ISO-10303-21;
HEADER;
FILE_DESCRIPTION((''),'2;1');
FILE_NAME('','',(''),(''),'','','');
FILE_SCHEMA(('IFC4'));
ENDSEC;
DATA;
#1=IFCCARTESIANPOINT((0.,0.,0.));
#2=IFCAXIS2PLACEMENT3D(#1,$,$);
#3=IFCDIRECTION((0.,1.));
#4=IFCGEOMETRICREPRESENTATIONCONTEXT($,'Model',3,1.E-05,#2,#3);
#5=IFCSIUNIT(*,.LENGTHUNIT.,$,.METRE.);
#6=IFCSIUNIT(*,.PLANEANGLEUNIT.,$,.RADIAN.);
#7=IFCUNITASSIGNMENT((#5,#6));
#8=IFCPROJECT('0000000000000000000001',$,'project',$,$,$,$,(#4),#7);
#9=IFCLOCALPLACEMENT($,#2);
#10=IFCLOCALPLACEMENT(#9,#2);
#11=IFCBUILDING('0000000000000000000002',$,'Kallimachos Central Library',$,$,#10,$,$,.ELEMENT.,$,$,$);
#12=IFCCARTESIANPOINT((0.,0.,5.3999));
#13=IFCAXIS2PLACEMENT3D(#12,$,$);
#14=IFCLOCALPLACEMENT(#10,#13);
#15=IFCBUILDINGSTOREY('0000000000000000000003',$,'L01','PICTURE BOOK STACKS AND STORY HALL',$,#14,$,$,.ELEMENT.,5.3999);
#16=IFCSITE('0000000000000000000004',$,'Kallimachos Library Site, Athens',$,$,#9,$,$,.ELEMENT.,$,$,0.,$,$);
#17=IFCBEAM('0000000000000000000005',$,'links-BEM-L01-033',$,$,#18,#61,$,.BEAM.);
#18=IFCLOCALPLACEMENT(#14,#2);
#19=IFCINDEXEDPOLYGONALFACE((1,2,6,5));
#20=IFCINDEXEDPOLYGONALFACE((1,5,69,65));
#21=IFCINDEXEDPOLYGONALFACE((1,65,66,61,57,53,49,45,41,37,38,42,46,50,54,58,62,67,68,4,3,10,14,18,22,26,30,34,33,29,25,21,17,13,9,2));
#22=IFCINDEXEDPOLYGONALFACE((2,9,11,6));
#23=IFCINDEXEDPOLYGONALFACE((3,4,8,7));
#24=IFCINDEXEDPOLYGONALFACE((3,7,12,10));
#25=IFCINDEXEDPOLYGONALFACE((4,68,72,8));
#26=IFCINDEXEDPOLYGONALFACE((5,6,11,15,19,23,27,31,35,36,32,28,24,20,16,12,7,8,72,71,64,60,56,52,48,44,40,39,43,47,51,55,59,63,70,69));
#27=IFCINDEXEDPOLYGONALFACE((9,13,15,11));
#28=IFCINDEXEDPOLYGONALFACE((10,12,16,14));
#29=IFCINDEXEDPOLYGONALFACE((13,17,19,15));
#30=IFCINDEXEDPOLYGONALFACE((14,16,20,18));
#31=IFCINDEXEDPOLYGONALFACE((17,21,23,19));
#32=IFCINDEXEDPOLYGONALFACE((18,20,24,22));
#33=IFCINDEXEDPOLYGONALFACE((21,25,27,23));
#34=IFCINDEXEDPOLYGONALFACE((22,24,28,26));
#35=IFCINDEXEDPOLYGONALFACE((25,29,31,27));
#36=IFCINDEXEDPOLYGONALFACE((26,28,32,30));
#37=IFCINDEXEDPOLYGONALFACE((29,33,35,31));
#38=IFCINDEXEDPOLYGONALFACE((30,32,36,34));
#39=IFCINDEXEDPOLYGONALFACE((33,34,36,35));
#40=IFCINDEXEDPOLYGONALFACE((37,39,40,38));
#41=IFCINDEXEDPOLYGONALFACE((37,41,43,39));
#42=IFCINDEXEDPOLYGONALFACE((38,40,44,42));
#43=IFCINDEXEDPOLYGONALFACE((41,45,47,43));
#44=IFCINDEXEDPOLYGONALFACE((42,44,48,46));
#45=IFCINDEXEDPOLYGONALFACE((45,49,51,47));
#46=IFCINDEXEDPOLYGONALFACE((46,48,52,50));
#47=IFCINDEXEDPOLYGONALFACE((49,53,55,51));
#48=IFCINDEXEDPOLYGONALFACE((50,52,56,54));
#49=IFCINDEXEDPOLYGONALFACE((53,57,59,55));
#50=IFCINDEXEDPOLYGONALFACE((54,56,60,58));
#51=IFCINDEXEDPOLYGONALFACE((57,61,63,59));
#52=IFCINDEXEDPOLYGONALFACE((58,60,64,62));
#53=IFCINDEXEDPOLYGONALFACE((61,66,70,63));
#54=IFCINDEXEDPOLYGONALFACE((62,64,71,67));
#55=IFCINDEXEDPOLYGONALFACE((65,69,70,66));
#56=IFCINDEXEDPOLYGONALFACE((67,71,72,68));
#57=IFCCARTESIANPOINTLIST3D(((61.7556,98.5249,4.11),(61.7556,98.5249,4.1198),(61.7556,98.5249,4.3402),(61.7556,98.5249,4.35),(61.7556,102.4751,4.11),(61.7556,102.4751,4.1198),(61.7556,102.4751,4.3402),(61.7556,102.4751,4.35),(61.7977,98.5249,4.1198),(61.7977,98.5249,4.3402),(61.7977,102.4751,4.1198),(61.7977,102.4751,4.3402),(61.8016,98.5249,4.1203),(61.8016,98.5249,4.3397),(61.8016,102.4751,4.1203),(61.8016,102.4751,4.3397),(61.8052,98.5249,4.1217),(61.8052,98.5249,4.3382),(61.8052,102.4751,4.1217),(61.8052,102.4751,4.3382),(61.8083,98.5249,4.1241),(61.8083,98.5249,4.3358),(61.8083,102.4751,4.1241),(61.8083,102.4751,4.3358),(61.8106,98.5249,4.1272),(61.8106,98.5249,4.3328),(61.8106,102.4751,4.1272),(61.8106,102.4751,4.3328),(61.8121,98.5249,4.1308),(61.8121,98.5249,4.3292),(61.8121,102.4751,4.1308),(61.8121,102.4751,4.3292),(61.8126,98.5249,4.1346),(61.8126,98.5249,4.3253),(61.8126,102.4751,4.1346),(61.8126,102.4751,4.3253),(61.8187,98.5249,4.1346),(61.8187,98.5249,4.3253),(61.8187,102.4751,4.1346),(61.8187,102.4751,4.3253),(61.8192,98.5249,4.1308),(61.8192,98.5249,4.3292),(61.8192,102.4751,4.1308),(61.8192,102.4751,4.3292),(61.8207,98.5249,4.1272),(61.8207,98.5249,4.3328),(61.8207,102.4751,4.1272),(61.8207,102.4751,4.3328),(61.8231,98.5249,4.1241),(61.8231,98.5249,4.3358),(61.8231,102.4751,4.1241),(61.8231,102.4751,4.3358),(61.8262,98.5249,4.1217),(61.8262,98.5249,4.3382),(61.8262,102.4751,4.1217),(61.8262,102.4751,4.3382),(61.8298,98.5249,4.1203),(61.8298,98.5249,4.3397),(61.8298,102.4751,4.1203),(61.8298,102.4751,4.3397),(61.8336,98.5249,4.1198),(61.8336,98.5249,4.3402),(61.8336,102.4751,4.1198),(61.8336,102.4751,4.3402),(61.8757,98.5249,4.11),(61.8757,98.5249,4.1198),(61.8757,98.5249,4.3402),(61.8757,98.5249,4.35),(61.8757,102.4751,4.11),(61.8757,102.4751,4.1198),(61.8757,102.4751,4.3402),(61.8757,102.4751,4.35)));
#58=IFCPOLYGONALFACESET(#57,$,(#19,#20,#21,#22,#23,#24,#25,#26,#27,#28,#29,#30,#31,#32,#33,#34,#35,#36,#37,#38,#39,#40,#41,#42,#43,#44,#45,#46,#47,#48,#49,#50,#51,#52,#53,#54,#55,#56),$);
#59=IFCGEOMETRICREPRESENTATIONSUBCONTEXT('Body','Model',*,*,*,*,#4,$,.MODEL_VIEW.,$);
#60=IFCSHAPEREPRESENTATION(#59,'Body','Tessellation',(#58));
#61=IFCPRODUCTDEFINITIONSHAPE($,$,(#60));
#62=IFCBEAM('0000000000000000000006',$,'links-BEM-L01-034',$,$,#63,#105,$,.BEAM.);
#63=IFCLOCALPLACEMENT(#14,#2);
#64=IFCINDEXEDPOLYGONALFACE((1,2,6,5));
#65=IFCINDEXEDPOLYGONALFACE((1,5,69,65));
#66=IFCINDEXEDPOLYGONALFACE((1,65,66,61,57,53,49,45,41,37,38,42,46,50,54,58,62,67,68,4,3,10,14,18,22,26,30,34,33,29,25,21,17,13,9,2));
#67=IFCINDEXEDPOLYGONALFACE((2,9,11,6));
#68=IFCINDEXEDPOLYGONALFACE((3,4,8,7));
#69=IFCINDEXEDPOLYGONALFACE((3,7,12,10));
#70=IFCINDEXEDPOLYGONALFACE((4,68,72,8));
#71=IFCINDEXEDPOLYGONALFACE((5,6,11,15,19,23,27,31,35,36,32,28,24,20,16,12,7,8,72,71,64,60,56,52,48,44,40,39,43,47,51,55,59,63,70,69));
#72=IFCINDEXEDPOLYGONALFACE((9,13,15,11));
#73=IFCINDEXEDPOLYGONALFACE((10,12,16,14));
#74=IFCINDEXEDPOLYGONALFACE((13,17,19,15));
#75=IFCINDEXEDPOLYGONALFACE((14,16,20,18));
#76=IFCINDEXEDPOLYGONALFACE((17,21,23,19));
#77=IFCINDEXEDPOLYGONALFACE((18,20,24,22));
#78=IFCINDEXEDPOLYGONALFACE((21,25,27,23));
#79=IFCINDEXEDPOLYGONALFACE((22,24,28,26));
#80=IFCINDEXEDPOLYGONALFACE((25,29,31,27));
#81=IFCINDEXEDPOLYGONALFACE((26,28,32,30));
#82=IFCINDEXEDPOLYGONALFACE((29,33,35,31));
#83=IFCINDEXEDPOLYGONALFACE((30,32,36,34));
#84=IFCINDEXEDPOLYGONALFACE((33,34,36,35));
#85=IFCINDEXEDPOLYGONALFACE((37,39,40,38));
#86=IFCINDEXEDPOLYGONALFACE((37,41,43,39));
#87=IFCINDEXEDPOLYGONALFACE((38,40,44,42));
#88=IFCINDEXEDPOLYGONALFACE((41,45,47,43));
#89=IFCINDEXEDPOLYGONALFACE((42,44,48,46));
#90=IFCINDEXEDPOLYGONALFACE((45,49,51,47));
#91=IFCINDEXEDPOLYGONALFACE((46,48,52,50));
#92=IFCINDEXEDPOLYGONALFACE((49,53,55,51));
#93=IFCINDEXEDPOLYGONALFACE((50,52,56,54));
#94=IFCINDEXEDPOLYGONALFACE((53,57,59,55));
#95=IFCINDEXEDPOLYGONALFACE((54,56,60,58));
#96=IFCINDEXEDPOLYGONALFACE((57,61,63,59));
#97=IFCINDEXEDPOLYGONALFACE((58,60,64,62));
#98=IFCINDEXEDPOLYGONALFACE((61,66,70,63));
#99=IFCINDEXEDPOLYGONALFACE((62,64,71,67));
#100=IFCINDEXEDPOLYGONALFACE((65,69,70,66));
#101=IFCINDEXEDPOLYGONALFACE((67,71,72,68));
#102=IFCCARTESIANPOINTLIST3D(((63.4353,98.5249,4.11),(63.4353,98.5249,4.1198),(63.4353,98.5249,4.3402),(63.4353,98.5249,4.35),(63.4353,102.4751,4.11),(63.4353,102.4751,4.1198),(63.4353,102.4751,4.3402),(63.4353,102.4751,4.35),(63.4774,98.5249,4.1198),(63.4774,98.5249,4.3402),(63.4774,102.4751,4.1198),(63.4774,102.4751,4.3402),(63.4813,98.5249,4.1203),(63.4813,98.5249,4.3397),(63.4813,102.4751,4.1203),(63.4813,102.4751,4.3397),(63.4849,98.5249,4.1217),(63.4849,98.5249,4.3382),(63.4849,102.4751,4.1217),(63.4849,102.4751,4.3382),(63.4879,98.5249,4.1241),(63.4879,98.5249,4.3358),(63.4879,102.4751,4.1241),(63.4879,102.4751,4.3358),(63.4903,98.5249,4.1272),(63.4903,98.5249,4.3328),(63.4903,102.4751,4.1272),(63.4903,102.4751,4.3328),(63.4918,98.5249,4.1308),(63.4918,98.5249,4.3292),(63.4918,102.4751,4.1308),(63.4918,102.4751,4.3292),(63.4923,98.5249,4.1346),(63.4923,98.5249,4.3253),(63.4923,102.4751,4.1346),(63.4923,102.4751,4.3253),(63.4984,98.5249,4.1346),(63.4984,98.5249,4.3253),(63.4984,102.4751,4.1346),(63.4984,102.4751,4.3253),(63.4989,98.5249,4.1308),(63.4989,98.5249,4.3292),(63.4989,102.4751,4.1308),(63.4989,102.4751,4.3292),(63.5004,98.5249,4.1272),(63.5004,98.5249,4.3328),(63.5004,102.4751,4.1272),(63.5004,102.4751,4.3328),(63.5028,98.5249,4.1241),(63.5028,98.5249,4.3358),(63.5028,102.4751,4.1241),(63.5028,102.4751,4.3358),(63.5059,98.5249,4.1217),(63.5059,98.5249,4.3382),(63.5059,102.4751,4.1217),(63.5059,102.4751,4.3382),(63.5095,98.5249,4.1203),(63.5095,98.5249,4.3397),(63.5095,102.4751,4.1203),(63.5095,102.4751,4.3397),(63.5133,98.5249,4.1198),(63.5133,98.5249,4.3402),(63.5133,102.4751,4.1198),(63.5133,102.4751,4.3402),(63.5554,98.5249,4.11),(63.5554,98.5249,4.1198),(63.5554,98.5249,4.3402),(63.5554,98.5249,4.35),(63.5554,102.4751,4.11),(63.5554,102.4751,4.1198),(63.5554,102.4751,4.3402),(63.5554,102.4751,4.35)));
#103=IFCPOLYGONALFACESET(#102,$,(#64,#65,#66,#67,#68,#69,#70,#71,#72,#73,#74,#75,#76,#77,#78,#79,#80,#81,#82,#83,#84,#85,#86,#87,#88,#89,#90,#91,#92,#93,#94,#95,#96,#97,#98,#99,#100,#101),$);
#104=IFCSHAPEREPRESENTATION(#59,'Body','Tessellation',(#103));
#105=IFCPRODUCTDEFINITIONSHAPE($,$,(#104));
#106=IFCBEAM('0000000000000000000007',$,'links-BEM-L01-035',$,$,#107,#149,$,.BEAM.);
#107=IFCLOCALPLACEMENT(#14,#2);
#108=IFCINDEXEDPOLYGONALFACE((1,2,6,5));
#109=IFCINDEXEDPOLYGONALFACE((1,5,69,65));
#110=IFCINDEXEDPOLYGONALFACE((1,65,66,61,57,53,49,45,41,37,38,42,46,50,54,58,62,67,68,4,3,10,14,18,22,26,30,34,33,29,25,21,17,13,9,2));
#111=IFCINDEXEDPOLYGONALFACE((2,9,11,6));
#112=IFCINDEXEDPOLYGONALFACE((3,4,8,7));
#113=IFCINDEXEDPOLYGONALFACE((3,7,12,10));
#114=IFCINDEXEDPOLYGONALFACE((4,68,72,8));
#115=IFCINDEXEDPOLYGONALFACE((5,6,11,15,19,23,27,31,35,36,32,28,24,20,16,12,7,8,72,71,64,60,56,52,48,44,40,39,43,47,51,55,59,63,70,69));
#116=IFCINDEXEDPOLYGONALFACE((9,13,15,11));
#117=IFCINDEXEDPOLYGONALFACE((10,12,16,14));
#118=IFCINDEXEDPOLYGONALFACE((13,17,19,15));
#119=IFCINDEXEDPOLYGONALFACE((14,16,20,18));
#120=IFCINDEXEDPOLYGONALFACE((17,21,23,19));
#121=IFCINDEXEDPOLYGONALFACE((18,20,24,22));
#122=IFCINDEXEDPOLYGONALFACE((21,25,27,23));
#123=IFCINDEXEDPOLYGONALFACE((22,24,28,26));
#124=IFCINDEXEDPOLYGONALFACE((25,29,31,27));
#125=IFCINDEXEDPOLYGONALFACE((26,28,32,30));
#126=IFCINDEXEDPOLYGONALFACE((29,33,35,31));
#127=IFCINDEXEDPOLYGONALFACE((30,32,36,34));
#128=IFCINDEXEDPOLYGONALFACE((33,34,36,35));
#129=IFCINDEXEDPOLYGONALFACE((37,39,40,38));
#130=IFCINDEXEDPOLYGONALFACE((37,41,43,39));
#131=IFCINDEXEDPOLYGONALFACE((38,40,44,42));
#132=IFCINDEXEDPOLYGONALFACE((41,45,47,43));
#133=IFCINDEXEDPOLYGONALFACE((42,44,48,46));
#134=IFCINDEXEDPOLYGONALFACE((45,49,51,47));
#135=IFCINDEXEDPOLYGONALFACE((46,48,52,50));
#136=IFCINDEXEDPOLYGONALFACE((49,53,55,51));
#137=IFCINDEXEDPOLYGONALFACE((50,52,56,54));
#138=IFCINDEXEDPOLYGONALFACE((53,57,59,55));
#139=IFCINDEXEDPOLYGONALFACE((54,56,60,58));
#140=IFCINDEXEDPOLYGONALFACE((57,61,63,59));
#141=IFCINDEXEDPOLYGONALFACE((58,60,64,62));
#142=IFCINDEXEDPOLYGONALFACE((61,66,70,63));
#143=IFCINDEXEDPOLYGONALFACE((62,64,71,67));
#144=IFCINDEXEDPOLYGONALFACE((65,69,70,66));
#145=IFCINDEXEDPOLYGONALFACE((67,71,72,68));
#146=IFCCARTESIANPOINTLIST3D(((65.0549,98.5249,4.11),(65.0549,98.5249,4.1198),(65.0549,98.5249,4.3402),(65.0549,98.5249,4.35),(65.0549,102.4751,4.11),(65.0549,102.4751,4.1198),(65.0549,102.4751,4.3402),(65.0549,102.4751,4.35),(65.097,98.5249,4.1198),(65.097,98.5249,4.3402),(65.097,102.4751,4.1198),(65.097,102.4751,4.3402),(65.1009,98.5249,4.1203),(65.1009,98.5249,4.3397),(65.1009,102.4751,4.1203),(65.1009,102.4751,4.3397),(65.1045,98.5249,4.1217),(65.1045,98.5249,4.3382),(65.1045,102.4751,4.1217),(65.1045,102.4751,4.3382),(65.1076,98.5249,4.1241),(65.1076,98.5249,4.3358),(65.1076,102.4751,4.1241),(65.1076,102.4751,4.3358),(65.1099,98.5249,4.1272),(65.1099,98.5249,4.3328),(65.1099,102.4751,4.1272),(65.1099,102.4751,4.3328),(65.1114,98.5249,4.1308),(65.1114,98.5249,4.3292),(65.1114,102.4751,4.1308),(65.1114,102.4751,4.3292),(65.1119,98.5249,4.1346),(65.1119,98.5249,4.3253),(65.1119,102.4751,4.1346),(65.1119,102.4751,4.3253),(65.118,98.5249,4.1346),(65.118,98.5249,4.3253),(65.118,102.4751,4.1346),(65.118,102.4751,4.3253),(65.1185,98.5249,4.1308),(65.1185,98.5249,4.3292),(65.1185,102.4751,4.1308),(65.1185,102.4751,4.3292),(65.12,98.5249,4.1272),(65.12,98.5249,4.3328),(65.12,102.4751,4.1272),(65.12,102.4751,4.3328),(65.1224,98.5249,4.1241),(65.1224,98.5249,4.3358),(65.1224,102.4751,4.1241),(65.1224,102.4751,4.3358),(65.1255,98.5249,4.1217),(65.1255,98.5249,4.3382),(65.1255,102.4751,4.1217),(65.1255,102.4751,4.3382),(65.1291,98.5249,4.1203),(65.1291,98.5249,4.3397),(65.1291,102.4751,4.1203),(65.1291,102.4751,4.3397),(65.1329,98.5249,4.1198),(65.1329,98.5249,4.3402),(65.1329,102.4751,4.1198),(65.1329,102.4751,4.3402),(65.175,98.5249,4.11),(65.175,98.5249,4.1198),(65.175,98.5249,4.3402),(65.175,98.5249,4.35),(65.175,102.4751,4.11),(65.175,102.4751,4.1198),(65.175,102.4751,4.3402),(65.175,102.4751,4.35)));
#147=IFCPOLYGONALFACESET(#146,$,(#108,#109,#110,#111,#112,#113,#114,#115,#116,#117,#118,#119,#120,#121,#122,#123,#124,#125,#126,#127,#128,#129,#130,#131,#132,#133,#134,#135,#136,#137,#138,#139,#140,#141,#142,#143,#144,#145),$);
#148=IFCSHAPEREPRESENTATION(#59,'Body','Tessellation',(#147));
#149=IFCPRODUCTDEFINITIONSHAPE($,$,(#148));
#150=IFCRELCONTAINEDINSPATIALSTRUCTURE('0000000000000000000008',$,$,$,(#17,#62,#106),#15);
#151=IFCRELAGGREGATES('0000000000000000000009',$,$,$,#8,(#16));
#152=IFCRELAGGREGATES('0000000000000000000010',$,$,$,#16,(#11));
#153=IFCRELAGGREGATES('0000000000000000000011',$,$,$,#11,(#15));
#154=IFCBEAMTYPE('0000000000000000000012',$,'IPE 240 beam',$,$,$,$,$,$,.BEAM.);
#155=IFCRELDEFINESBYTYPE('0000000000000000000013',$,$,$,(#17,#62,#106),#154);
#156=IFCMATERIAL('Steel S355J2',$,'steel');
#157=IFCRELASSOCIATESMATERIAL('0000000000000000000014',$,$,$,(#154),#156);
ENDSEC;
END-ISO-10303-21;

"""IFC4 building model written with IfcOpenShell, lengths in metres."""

from ifc_helpers import new_model, si_unit, direction, frame, origin, origin_2d, place, context, subcontext, project, spatial, i_section, extrude, material, material_profile, profile_set, type_object, element, save


model = new_model("IFC4")

# Units and contexts
model_context = context("Model", 3, precision=1e-05, world=origin(), true_north=direction((0.0, 1.0)))
body_context = subcontext(model_context, "Body", "Model", "MODEL_VIEW")
ifc_project = project(units=[si_unit("LENGTHUNIT", "METRE"), si_unit("PLANEANGLEUNIT", "RADIAN")], contexts=[model_context])

# Site, building, storey
site_placement = place(None, origin())
site = spatial("IfcSite", under=ifc_project, at=site_placement, Name="Kallimachos Library Site, Athens", CompositionType="ELEMENT", RefElevation=0.0)
building_placement = place(site_placement, origin())
building = spatial("IfcBuilding", under=site, at=building_placement, Name="Kallimachos Central Library", CompositionType="ELEMENT")
storey_placement = place(building_placement, frame((0.0, 0.0, 5.3999)))
storey = spatial("IfcBuildingStorey", under=building, at=storey_placement, Name="L01", Description="PICTURE BOOK STACKS AND STORY HALL", CompositionType="ELEMENT", Elevation=5.3999)

# Beams
ifc_material_1 = material(Name="Steel S355J2", Category="steel")
ifc_material_profile_1 = material_profile(ifc_material_1, i_section(OverallWidth=0.1201, OverallDepth=0.24, WebThickness=0.0061, FlangeThickness=0.0098, FilletRadius=0.0149, at=origin_2d()), Name="IPE 240")
ifc_profile_set_1 = profile_set([ifc_material_profile_1], Name="Steel S355J2")
beam_type_1 = type_object("IfcBeamType", Name="IPE 240 beam", PredefinedType="BEAM", material=ifc_profile_set_1)
for number, where, z_axis, x_axis, name in (
    (1, (61.8157, 98.5249, 4.23), (0.0, 1.0, 0.0), (-1.0, 0.0, 0.0), "links-BEM-L01-033"),
    (2, (63.4954, 98.5249, 4.23), (0.0, 1.0, 0.0), (-1.0, 0.0, 0.0), "links-BEM-L01-034"),
    (3, (65.115, 98.5249, 4.23), (0.0, 1.0, 0.0), (-1.0, 0.0, 0.0), "links-BEM-L01-035"),
):
    element("IfcBeam", number, at=place(storey_placement, frame(where, z_axis=z_axis, x_axis=x_axis)), inside=storey, type_object=beam_type_1, Name=name, PredefinedType="BEAM", context=body_context, shape_type="SweptSolid", body=[
        extrude(i_section(OverallWidth=0.1201, OverallDepth=0.24, WebThickness=0.0061, FlangeThickness=0.0098, FilletRadius=0.0149, at=origin_2d()), origin(), (0.0, 0.0, 1.0), 3.9502),
    ])

save(model, "model.ifc")
